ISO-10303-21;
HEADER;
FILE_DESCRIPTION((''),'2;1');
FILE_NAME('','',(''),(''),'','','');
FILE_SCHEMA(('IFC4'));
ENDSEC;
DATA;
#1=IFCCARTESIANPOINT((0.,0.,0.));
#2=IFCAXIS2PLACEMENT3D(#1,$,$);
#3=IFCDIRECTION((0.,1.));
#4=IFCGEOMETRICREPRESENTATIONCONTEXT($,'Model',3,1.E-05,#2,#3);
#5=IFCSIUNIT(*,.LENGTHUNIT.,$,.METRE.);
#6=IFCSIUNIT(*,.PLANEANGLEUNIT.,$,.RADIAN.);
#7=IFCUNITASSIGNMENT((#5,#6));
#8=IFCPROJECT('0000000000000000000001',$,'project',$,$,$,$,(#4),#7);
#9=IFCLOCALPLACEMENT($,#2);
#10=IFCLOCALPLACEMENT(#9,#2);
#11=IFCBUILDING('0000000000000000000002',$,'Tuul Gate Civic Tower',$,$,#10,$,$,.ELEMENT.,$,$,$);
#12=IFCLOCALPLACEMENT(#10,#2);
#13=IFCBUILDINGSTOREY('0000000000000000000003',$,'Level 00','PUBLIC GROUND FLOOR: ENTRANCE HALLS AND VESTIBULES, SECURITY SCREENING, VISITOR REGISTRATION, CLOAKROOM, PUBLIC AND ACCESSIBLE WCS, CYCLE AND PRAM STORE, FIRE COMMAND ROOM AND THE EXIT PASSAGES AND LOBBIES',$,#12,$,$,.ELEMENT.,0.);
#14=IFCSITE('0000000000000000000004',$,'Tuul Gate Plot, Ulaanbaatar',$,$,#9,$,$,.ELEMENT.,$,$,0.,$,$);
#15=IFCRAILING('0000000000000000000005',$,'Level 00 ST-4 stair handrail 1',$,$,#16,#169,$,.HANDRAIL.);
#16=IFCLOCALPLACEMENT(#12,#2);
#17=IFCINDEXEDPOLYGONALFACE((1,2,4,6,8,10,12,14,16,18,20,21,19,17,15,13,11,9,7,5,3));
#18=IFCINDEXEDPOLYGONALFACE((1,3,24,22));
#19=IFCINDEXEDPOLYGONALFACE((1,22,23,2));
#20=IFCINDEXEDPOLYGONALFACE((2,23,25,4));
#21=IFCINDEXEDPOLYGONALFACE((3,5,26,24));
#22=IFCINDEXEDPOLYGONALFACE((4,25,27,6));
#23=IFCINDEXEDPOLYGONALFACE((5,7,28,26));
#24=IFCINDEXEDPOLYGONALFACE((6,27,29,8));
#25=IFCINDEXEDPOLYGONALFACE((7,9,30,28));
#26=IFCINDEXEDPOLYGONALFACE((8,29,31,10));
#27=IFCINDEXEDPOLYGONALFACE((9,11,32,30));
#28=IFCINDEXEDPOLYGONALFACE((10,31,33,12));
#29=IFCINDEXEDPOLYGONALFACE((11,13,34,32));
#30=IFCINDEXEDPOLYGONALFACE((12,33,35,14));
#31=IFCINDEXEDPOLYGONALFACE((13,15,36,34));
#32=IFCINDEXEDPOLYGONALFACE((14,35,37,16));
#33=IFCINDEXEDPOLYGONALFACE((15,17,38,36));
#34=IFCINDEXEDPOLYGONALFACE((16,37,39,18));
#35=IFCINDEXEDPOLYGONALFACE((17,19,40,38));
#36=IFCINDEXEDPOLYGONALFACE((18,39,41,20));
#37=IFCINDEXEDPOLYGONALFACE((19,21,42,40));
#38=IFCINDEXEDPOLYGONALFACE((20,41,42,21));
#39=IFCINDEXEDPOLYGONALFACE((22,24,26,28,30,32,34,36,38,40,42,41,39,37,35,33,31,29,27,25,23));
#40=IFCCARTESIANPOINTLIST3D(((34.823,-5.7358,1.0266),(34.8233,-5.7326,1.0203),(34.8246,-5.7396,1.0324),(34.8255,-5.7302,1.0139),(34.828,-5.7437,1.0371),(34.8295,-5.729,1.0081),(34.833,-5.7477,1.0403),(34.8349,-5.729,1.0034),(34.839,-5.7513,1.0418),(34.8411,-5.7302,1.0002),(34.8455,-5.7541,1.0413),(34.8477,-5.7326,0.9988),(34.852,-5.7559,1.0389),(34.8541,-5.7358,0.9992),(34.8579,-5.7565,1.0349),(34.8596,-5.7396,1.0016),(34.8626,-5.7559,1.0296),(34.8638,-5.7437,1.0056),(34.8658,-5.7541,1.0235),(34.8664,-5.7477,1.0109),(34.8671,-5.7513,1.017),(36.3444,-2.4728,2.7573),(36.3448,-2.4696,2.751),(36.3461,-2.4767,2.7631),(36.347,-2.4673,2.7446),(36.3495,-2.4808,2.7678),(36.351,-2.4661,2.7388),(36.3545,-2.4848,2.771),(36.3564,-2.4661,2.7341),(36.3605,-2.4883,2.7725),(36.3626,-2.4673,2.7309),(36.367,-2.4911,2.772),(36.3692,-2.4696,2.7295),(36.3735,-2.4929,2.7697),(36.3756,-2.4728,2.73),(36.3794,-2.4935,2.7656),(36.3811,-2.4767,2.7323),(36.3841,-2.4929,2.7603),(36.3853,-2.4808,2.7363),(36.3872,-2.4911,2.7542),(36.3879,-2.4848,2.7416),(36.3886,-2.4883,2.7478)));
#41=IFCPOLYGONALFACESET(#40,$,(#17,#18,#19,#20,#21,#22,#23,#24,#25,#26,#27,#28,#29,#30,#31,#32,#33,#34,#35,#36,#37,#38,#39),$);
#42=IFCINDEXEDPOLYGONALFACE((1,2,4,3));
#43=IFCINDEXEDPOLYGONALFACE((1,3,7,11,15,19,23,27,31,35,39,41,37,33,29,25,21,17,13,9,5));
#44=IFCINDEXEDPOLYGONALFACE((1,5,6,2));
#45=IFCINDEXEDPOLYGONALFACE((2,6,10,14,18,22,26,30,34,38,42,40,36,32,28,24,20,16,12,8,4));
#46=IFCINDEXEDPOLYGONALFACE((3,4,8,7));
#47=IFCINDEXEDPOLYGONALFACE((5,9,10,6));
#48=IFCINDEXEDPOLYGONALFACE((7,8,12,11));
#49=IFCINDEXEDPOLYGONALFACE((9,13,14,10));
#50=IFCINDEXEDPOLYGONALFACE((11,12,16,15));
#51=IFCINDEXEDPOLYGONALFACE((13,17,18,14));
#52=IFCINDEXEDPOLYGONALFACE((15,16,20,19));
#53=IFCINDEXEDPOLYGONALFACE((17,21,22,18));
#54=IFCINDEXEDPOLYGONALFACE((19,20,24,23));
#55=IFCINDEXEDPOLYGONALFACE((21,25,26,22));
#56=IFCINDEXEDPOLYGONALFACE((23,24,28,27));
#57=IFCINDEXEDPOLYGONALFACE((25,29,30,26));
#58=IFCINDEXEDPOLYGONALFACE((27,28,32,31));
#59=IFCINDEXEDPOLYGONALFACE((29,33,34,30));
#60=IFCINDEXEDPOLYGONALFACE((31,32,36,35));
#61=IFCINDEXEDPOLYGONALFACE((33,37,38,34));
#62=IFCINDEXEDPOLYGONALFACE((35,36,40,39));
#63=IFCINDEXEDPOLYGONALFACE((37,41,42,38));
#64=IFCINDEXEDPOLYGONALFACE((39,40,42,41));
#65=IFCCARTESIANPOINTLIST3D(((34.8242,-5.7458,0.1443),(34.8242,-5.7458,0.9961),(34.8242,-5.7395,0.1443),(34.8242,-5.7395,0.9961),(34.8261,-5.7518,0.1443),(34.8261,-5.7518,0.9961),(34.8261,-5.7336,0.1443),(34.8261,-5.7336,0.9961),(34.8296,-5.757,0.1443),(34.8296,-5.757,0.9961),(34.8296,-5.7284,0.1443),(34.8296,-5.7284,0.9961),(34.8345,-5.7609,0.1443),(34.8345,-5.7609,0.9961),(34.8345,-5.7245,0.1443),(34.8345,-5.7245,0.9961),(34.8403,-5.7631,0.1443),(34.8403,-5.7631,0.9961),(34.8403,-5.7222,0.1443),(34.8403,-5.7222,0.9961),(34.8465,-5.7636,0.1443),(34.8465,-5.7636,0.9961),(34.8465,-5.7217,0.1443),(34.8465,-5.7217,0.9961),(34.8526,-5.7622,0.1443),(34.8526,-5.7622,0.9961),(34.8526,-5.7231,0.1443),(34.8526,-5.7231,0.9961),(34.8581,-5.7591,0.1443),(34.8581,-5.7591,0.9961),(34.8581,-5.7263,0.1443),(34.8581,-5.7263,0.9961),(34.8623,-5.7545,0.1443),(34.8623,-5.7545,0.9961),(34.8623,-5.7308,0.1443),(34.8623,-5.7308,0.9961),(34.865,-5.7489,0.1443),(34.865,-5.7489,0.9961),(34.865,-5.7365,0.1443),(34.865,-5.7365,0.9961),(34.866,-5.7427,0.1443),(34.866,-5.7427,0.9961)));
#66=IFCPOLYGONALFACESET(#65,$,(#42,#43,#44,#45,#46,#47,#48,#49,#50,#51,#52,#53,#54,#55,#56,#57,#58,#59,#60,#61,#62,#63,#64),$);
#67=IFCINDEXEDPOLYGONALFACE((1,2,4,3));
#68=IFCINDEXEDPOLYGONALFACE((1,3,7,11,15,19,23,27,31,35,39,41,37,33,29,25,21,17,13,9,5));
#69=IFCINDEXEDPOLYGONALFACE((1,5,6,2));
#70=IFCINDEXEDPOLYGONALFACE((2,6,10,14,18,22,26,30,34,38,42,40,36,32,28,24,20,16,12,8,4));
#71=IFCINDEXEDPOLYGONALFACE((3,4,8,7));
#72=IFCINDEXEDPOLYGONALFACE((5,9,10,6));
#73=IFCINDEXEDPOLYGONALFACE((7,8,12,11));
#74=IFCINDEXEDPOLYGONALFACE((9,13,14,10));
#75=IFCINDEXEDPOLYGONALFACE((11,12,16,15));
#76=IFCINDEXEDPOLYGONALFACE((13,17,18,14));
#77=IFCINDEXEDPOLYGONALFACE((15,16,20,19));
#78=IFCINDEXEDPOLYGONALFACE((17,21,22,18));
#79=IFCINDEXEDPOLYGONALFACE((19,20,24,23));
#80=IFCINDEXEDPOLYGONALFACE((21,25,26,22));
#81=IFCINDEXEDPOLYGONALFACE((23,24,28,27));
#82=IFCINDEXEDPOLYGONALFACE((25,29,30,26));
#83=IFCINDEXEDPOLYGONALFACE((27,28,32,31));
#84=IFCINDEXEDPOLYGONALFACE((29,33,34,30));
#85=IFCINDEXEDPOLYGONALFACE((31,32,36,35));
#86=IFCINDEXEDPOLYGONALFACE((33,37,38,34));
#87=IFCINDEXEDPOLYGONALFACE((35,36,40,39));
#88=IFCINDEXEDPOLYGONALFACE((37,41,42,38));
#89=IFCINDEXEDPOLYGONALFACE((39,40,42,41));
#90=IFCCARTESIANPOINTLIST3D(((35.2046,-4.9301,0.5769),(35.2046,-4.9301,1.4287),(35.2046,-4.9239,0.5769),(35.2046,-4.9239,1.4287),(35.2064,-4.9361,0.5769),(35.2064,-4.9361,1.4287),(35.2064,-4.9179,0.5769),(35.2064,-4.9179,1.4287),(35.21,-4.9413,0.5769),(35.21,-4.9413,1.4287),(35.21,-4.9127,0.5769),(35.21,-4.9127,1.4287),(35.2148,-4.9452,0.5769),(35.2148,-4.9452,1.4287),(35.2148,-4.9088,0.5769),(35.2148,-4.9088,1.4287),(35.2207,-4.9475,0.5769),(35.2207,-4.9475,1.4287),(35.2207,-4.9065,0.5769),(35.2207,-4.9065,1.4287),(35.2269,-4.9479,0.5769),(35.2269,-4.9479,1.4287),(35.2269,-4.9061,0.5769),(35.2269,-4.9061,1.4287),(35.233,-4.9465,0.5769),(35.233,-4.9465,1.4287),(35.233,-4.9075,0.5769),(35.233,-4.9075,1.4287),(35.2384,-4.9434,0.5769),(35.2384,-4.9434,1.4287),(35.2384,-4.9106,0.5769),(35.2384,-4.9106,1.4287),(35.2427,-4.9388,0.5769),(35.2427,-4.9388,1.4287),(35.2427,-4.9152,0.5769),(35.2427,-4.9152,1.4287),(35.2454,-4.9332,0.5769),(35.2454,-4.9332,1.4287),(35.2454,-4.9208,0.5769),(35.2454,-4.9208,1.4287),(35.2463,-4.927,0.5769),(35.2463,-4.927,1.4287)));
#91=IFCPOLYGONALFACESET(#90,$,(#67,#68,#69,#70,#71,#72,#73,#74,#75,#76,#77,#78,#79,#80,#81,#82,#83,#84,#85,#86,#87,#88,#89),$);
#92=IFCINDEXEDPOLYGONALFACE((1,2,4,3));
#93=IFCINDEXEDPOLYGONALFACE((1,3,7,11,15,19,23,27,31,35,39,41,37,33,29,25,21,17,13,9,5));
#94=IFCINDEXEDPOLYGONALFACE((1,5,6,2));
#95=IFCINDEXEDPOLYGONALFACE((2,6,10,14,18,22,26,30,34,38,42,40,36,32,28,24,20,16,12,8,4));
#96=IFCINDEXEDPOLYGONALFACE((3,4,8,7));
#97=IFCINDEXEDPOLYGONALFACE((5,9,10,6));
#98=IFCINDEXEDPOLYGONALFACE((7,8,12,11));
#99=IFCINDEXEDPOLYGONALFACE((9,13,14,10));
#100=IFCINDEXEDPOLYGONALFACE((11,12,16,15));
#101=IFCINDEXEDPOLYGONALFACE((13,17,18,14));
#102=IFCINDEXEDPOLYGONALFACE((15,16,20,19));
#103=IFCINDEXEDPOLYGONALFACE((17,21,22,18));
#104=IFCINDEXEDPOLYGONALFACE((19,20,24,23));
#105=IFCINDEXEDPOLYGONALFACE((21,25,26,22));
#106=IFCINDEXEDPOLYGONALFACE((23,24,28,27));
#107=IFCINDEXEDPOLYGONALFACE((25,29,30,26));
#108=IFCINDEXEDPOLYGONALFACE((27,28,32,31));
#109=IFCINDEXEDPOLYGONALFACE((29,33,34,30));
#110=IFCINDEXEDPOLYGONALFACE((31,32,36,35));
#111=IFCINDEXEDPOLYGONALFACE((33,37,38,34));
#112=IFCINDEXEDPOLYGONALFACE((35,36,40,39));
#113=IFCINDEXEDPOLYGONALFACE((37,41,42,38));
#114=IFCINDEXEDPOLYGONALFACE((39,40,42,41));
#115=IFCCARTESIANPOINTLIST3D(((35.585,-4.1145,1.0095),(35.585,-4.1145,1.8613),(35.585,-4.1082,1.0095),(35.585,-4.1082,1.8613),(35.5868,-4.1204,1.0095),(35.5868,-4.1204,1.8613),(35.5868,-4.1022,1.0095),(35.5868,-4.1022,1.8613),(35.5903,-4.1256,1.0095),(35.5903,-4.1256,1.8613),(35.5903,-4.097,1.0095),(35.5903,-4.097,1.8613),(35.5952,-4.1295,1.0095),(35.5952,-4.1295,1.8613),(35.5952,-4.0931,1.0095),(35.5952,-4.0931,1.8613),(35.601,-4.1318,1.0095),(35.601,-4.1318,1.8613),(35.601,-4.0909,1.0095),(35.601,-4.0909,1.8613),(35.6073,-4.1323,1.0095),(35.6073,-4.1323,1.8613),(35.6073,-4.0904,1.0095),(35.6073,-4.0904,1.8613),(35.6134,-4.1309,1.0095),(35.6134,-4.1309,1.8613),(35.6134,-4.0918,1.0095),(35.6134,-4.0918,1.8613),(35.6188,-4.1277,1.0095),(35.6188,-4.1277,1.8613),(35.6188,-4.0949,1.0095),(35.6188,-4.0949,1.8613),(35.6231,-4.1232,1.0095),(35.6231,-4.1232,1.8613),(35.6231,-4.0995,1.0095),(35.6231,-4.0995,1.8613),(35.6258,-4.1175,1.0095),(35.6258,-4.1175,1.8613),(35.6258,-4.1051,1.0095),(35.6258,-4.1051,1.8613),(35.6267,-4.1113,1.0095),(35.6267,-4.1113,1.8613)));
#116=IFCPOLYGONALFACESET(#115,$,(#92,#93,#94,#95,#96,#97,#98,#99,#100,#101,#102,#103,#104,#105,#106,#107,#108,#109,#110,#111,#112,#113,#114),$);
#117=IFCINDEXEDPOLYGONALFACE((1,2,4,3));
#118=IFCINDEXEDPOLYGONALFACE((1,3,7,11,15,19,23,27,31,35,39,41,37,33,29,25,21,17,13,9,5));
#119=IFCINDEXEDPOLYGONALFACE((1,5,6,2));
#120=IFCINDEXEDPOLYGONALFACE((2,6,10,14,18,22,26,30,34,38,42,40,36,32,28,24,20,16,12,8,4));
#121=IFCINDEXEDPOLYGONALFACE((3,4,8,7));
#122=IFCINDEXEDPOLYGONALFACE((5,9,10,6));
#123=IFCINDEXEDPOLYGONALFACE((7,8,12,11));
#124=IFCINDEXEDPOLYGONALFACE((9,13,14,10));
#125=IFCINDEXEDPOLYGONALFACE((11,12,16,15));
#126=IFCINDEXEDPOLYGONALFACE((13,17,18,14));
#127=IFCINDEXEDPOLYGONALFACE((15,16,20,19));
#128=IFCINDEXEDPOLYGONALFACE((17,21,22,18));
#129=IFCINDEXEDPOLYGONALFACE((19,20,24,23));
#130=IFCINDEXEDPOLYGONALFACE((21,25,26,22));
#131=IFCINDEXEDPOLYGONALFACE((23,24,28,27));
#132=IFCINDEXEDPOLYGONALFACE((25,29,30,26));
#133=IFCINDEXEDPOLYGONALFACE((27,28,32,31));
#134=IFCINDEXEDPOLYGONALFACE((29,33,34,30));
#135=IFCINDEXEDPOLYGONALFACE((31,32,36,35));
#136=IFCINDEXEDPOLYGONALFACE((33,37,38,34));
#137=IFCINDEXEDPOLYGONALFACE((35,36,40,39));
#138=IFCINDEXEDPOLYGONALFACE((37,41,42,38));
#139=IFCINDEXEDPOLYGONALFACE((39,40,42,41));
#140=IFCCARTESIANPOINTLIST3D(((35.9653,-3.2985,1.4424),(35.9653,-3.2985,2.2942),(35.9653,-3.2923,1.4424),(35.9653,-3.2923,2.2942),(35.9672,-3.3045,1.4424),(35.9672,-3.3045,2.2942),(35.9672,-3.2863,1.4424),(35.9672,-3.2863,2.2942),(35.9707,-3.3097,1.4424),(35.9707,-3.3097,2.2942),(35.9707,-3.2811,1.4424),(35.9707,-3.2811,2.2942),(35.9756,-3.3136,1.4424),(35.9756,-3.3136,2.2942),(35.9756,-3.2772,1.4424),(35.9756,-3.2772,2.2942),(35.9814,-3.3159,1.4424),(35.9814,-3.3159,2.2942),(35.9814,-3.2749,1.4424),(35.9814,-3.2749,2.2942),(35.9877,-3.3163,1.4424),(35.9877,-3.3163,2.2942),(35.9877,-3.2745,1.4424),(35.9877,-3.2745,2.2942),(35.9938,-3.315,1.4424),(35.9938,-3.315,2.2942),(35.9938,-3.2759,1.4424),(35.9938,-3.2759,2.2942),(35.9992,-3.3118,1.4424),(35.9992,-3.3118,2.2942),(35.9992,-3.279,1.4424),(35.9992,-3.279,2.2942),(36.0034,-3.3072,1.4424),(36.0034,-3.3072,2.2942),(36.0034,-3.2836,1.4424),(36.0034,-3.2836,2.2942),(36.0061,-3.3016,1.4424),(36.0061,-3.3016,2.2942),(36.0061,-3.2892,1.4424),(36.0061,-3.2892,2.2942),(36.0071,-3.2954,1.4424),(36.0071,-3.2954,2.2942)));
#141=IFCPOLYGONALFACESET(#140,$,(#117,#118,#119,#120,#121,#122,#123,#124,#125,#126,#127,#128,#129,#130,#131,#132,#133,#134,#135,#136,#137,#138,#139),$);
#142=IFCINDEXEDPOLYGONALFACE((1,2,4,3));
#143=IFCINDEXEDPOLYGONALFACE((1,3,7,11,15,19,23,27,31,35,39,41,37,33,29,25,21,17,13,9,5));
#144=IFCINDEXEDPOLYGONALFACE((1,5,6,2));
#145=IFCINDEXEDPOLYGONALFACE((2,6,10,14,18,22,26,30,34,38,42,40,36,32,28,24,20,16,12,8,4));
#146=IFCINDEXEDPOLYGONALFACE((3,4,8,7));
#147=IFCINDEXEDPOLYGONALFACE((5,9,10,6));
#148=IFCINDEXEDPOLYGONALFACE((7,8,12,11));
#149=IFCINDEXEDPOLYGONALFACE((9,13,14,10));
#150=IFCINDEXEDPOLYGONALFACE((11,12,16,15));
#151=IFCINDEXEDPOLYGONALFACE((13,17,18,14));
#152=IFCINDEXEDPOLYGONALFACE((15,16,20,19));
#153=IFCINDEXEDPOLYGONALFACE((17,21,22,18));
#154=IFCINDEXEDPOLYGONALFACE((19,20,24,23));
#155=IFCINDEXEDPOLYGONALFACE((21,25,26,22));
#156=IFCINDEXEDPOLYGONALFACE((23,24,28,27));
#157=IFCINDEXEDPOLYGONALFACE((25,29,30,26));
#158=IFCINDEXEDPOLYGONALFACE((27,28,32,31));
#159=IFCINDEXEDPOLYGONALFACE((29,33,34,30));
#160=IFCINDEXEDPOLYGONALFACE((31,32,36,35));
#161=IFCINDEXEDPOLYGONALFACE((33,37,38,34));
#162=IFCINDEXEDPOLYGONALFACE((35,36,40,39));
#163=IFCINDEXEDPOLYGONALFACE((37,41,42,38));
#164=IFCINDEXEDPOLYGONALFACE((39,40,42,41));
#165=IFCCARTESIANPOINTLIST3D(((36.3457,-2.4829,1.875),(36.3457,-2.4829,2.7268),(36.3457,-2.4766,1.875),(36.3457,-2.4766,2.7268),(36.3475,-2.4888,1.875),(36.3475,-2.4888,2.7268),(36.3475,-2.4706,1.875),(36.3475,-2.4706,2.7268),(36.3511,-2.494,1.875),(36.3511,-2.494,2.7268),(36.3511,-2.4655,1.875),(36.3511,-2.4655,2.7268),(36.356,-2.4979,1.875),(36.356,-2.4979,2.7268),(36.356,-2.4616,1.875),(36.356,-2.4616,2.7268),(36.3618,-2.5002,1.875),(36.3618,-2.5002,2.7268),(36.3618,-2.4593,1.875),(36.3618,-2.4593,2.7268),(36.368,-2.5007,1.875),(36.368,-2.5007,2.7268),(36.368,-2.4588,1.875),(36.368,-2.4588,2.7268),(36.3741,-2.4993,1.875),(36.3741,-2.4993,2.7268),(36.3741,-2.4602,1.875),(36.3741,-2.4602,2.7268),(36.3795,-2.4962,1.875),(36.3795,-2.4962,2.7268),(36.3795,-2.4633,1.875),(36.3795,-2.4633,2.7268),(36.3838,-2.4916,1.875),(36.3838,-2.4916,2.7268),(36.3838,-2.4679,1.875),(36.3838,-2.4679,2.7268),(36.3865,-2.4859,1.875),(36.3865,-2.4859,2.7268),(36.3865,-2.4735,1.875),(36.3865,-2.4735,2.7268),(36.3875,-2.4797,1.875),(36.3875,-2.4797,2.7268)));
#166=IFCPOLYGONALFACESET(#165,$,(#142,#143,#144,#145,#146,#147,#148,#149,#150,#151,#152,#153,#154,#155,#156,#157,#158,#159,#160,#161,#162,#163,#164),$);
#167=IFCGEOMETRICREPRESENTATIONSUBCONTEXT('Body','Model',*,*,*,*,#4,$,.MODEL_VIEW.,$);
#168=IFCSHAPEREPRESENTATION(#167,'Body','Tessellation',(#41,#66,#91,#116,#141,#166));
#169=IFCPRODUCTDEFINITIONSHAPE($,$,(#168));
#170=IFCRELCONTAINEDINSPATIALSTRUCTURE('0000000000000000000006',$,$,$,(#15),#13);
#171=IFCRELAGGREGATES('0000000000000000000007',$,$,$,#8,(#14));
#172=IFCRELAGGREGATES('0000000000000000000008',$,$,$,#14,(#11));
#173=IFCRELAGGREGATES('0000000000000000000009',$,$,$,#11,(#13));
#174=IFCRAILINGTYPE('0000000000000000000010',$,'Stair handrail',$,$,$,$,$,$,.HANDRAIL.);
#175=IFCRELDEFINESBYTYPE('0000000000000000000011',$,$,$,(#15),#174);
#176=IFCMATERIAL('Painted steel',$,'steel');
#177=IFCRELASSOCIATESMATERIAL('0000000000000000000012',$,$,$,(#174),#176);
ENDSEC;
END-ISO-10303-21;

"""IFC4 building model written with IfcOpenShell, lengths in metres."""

from ifc_helpers import new_model, si_unit, direction, frame, origin, origin_2d, place, context, subcontext, project, spatial, circle, extrude, material, type_object, element, save


model = new_model("IFC4")

# Units and contexts
model_context = context("Model", 3, precision=1e-05, world=origin(), true_north=direction((0.0, 1.0)))
body_context = subcontext(model_context, "Body", "Model", "MODEL_VIEW")
ifc_project = project(units=[si_unit("LENGTHUNIT", "METRE"), si_unit("PLANEANGLEUNIT", "RADIAN")], contexts=[model_context])

# Site, building, storey
site_placement = place(None, origin())
site = spatial("IfcSite", under=ifc_project, at=site_placement, Name="Tuul Gate Plot, Ulaanbaatar", CompositionType="ELEMENT", RefElevation=0.0)
building_placement = place(site_placement, origin())
building = spatial("IfcBuilding", under=site, at=building_placement, Name="Tuul Gate Civic Tower", CompositionType="ELEMENT")
storey_placement = place(building_placement, origin())
storey = spatial("IfcBuildingStorey", under=building, at=storey_placement, Name="Level 00", Description="PUBLIC GROUND FLOOR: ENTRANCE HALLS AND VESTIBULES, SECURITY SCREENING, VISITOR REGISTRATION, CLOAKROOM, PUBLIC AND ACCESSIBLE WCS, CYCLE AND PRAM STORE, FIRE COMMAND ROOM AND THE EXIT PASSAGES AND LOBBIES", CompositionType="ELEMENT", Elevation=0.0)

# Railing
ifc_material_1 = material(Name="Painted steel", Category="steel")
railing_type = type_object("IfcRailingType", Name="Stair handrail", PredefinedType="HANDRAIL", material=ifc_material_1)
for number, where, name in (
    (1, (34.845, -5.7427, 0.1443), "Level 00 ST-4 stair handrail 1"),
):
    element("IfcRailing", number, at=place(storey_placement, frame(where)), inside=storey, type_object=railing_type, Name=name, PredefinedType="HANDRAIL", context=body_context, shape_type="SweptSolid", body=[
        extrude(circle(Radius=0.0239, at=origin_2d()), frame((0.0, 0.0, 0.876), z_axis=(0.380883, 0.816832, 0.43326), x_axis=(-0.906313, 0.422607, 0.0)), (0.0, 0.0, 1.0), 3.9946),
        extrude(circle(Radius=0.021, at=origin_2d()), origin(), (0.0, 0.0, 1.0), 0.8518),
        extrude(circle(Radius=0.021, at=origin_2d()), frame((0.3804, 0.8157, 0.4326)), (0.0, 0.0, 1.0), 0.8518),
        extrude(circle(Radius=0.021, at=origin_2d()), frame((0.7607, 1.6313, 0.8652)), (0.0, 0.0, 1.0), 0.8518),
        extrude(circle(Radius=0.021, at=origin_2d()), frame((1.1411, 2.4473, 1.2981)), (0.0, 0.0, 1.0), 0.8518),
        extrude(circle(Radius=0.021, at=origin_2d()), frame((1.5215, 3.2629, 1.7307)), (0.0, 0.0, 1.0), 0.8518),
    ])

save(model, "model.ifc")
